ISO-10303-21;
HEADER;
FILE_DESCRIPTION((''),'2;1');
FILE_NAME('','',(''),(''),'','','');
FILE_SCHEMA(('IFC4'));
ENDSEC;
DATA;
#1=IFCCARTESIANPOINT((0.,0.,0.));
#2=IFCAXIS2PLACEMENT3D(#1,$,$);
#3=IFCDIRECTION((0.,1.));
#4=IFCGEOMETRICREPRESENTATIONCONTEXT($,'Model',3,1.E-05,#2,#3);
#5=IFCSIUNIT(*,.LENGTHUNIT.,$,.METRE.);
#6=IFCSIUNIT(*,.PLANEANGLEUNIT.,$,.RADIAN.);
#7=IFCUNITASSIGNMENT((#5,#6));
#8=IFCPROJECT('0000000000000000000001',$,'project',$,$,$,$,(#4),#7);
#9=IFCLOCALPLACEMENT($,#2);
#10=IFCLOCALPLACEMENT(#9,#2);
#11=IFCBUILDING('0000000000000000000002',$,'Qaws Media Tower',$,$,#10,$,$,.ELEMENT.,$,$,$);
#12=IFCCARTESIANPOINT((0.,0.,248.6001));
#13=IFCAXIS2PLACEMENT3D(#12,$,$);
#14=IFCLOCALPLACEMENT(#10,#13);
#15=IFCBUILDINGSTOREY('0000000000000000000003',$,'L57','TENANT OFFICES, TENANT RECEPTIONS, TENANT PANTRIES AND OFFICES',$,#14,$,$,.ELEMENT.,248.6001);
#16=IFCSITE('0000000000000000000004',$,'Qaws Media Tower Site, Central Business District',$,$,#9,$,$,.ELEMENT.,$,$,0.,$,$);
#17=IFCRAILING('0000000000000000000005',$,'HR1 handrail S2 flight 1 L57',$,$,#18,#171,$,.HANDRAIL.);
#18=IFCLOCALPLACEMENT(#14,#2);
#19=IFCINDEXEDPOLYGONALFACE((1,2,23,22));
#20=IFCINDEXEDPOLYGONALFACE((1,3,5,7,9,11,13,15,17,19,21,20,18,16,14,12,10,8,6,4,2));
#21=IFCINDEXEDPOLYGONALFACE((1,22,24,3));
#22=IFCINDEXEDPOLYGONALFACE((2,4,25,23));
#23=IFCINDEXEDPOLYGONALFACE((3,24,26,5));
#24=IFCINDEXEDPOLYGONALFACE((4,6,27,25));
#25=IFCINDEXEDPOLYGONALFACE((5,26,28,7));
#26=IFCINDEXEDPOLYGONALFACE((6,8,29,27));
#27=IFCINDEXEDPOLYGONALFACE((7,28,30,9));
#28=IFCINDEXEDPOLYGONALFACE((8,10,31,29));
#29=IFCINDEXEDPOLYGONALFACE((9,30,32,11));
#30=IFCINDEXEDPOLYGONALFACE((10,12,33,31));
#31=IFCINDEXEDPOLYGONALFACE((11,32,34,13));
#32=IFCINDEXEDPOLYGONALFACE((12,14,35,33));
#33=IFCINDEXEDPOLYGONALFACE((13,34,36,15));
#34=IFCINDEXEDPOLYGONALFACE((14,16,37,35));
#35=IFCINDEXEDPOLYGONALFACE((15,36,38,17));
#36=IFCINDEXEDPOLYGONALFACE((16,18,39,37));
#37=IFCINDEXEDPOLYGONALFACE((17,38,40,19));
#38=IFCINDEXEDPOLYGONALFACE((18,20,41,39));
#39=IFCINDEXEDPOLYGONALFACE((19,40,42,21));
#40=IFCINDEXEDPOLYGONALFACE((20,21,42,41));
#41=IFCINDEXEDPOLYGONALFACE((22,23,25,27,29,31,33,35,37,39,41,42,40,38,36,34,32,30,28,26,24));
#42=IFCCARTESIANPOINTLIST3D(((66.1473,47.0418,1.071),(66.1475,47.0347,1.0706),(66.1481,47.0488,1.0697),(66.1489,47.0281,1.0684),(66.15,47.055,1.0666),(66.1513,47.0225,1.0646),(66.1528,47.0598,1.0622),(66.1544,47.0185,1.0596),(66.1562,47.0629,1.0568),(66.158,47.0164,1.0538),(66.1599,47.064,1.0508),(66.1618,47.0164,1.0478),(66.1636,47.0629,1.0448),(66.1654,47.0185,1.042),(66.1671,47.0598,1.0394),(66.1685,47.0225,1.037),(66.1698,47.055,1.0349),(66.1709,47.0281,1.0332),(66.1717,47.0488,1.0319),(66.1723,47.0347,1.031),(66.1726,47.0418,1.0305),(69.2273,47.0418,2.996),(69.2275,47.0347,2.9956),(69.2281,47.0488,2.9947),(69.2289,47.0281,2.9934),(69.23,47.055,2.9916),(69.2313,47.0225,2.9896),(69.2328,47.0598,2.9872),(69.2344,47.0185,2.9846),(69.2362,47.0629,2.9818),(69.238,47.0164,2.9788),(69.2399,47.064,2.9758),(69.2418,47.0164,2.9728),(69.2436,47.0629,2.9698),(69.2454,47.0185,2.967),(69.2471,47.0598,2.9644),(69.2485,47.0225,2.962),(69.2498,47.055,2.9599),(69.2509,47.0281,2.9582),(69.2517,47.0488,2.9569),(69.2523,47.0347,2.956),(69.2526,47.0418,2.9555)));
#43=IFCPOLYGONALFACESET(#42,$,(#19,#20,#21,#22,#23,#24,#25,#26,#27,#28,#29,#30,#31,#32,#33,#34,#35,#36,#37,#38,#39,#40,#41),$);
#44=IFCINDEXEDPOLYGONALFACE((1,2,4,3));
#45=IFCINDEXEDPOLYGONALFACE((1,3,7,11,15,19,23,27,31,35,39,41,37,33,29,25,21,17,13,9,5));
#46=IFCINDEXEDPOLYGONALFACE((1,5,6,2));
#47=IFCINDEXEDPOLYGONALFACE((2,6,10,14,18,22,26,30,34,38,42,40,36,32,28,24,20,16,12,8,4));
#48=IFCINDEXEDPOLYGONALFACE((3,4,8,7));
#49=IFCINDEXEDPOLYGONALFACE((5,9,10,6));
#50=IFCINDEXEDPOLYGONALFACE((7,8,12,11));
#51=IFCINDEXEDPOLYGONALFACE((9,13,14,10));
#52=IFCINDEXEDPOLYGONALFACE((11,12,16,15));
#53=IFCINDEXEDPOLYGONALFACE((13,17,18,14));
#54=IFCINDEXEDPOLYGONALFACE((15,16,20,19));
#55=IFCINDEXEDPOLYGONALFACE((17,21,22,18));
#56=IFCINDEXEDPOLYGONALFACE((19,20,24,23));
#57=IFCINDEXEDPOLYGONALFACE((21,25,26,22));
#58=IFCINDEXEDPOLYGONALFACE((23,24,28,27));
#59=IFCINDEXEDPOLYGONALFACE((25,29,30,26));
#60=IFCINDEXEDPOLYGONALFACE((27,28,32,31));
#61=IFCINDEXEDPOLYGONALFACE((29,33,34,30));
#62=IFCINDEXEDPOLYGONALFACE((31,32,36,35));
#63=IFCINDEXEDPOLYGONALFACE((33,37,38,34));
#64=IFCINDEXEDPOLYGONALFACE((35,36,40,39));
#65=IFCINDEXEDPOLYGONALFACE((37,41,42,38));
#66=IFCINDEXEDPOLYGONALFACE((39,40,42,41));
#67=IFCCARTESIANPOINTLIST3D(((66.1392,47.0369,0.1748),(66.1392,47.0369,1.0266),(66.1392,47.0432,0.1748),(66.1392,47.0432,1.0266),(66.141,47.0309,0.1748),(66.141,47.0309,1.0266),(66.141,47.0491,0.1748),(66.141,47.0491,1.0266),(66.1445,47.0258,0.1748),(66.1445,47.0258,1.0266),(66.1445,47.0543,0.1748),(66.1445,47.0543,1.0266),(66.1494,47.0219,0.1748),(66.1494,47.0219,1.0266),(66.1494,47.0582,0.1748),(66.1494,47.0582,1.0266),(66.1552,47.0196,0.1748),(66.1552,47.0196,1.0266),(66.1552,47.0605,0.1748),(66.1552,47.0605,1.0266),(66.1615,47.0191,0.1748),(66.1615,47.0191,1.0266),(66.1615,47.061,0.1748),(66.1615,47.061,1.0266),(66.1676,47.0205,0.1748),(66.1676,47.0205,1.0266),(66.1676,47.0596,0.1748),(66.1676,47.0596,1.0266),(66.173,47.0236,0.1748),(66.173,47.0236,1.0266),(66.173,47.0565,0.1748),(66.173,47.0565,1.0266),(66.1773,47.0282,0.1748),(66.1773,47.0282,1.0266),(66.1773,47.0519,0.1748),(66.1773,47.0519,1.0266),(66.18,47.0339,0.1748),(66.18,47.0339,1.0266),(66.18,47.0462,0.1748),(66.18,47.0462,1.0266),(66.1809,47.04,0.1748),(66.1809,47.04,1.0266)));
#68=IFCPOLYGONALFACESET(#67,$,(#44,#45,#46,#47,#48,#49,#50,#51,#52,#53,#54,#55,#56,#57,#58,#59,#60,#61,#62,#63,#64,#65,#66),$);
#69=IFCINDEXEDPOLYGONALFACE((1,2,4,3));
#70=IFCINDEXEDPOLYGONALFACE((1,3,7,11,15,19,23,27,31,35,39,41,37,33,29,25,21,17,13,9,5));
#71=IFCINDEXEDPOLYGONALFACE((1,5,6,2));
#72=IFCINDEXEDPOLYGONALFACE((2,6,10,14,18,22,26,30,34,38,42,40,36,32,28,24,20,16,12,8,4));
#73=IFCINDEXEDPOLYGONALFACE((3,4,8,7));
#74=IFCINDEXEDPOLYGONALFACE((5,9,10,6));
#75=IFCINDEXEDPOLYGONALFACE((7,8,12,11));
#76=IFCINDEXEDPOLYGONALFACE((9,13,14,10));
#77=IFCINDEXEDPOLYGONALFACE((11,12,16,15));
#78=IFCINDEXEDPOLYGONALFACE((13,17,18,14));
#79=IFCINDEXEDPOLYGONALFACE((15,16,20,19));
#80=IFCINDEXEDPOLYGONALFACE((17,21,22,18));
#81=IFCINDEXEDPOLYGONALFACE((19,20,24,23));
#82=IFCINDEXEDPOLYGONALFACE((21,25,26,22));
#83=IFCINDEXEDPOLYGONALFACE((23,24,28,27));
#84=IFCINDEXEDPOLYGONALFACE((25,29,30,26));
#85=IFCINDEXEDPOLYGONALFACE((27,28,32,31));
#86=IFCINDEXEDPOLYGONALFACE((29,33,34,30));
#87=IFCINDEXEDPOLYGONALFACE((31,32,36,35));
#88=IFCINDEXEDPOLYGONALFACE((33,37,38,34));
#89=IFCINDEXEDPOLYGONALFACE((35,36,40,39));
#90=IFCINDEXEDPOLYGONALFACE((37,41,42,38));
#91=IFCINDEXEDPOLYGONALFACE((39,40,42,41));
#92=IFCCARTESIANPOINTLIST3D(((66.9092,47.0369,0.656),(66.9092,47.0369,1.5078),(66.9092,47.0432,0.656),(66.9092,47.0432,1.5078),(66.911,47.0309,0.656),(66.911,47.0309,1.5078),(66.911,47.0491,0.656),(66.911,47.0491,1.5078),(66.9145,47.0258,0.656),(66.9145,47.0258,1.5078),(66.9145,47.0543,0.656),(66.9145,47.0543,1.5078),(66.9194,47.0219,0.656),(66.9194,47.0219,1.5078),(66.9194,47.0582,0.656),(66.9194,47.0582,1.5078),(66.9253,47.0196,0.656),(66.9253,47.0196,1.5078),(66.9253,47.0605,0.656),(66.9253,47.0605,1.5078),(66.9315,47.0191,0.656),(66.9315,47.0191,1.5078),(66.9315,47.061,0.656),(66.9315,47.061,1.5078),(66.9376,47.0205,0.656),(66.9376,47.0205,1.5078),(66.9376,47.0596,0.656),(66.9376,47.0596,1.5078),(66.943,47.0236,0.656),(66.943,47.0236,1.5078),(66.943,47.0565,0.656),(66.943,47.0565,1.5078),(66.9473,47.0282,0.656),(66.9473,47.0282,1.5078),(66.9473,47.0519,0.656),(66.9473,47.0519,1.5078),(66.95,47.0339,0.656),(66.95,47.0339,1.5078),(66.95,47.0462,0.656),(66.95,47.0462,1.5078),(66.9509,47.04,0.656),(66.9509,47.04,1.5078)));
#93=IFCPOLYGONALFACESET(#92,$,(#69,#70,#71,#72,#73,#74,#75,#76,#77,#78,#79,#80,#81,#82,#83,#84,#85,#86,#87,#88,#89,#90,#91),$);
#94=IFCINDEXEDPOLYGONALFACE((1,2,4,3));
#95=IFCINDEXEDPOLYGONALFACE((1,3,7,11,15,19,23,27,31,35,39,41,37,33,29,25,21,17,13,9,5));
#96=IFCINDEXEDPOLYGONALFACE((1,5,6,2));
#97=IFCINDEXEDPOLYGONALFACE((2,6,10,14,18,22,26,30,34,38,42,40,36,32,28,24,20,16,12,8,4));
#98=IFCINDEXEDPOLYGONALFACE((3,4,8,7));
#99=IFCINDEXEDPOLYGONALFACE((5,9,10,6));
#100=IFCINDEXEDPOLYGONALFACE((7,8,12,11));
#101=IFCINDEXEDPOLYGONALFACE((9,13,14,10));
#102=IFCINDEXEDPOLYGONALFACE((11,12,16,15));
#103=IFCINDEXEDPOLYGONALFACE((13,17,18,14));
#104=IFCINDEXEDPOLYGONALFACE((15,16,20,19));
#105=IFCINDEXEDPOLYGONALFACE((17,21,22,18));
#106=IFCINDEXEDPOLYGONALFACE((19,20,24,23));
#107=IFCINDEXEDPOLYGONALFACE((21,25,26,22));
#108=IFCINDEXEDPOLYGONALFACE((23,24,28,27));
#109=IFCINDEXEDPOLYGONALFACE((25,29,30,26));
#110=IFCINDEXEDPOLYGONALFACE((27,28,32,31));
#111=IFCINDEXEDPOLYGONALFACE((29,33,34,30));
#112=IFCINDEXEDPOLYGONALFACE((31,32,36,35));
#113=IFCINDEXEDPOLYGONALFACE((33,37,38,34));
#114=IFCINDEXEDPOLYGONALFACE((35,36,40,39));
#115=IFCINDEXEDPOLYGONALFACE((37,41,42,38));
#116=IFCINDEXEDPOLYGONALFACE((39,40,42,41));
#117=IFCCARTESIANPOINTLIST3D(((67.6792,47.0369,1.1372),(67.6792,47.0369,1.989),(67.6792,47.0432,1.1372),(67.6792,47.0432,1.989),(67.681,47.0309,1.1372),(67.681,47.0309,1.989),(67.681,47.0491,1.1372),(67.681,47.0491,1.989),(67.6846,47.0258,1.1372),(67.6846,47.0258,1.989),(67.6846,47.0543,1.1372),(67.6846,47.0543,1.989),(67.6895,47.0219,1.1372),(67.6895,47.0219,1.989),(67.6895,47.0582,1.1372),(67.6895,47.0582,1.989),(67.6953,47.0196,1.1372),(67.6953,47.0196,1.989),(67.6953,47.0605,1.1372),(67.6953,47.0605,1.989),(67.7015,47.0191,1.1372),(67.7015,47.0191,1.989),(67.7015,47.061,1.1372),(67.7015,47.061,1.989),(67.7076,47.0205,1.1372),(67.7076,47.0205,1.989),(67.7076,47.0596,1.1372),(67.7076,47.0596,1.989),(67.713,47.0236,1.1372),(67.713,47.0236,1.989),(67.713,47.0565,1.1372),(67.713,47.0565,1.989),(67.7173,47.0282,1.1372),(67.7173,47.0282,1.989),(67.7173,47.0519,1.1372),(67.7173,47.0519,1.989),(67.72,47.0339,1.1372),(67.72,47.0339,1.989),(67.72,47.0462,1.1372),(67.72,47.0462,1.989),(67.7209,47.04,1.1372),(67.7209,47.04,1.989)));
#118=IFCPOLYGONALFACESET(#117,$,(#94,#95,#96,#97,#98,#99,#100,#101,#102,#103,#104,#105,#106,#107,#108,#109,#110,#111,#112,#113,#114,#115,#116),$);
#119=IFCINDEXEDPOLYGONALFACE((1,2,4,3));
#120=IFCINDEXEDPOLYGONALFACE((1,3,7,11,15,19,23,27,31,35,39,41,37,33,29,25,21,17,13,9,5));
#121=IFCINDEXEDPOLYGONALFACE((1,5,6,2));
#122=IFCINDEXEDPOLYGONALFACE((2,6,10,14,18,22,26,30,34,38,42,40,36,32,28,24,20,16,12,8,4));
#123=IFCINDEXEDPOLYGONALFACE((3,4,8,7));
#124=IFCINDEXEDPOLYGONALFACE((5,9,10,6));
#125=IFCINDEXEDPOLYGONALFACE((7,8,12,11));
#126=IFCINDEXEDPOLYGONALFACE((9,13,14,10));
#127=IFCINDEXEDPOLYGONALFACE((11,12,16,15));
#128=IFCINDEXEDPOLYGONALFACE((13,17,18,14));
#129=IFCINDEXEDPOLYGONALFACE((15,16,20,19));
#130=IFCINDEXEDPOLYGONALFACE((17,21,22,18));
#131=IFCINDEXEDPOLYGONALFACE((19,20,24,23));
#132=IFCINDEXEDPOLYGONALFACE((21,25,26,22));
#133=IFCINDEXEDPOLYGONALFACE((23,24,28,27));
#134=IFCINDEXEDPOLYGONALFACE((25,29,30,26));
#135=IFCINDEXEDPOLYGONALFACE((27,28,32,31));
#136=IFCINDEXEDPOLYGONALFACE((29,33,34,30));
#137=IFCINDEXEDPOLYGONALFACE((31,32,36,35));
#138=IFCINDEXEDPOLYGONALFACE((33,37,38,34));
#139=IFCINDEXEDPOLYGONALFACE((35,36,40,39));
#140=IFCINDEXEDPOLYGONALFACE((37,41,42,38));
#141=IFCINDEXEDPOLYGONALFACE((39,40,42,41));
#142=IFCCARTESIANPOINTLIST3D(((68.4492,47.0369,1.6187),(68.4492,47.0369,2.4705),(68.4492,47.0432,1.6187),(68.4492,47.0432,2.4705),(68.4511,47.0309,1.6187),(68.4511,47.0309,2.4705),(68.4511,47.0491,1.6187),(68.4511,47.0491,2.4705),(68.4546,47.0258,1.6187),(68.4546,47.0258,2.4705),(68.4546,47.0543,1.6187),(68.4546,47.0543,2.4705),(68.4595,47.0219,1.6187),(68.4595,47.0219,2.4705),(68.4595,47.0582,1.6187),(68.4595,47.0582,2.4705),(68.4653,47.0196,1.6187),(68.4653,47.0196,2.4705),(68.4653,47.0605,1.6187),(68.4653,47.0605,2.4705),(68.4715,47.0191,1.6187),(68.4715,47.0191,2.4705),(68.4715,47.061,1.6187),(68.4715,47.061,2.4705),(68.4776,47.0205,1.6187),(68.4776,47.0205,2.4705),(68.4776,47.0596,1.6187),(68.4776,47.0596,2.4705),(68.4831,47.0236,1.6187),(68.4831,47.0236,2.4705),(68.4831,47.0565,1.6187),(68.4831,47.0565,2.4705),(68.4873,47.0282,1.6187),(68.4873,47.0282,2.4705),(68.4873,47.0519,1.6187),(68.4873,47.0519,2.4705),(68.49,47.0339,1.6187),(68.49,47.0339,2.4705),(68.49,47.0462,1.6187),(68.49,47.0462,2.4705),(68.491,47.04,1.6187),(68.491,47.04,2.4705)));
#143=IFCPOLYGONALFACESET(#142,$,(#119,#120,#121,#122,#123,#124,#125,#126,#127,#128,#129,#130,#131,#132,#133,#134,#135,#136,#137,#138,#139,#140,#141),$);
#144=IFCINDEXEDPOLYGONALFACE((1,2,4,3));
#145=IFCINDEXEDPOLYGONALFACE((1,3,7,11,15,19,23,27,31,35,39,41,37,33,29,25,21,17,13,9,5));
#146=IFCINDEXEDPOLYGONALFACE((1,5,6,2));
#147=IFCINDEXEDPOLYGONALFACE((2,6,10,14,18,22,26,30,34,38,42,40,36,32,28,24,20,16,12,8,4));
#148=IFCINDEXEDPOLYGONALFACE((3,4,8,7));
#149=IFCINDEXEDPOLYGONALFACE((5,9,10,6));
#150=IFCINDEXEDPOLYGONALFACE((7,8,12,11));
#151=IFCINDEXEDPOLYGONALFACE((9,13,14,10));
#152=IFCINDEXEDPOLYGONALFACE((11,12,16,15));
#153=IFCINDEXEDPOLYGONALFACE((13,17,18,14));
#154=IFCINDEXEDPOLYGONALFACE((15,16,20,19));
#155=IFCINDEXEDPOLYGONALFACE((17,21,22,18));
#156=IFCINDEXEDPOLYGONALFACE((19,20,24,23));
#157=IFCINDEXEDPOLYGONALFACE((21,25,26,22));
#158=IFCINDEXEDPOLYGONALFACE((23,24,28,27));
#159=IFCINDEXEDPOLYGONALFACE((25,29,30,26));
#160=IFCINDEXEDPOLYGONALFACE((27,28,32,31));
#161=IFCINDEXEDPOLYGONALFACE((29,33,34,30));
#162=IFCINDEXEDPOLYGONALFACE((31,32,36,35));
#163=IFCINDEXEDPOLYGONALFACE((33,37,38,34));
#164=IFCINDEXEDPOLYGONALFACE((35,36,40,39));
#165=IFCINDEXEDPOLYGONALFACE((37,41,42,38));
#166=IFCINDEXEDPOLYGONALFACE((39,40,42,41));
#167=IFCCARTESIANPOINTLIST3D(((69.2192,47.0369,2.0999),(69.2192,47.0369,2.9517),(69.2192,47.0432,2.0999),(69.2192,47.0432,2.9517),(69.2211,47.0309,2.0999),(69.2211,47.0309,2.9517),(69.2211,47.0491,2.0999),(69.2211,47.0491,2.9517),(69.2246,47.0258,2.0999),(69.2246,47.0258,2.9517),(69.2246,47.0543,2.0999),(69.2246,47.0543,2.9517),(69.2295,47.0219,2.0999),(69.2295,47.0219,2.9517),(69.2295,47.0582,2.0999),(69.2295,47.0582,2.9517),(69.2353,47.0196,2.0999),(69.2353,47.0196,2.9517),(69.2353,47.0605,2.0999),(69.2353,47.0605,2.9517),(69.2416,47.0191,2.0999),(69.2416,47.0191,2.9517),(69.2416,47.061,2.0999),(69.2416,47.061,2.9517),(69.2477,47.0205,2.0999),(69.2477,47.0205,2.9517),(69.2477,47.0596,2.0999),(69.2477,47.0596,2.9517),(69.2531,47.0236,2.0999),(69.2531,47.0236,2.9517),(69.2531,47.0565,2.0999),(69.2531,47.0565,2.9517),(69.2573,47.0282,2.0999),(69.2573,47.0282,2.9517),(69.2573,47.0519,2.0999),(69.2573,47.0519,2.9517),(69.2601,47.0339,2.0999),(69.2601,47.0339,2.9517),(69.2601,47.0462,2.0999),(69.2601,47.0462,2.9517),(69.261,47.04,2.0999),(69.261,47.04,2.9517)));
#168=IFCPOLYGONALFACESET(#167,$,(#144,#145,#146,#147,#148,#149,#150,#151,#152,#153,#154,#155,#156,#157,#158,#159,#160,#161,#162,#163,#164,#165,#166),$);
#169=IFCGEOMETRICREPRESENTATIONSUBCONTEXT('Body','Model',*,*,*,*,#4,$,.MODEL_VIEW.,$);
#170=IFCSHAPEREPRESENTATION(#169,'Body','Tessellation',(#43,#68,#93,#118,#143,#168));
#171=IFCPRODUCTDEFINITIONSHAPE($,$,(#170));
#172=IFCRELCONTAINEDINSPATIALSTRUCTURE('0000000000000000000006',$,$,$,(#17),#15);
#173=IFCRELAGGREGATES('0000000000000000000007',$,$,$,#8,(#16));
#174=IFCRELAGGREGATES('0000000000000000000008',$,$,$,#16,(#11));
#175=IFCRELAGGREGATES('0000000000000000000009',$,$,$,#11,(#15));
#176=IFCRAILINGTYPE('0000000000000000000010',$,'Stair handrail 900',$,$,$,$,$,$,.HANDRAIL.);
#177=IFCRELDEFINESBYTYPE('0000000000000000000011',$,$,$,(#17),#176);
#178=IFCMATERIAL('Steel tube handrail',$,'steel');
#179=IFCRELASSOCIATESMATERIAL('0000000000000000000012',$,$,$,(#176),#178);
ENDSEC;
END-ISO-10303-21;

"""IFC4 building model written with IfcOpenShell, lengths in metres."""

from ifc_helpers import new_model, si_unit, direction, frame, origin, origin_2d, place, context, subcontext, project, spatial, circle, extrude, material, type_object, element, save


model = new_model("IFC4")

# Units and contexts
model_context = context("Model", 3, precision=1e-05, world=origin(), true_north=direction((0.0, 1.0)))
body_context = subcontext(model_context, "Body", "Model", "MODEL_VIEW")
ifc_project = project(units=[si_unit("LENGTHUNIT", "METRE"), si_unit("PLANEANGLEUNIT", "RADIAN")], contexts=[model_context])

# Site, building, storey
site_placement = place(None, origin())
site = spatial("IfcSite", under=ifc_project, at=site_placement, Name="Qaws Media Tower Site, Central Business District", CompositionType="ELEMENT", RefElevation=0.0)
building_placement = place(site_placement, origin())
building = spatial("IfcBuilding", under=site, at=building_placement, Name="Qaws Media Tower", CompositionType="ELEMENT")
storey_placement = place(building_placement, frame((0.0, 0.0, 248.6001)))
storey = spatial("IfcBuildingStorey", under=building, at=storey_placement, Name="L57", Description="TENANT OFFICES, TENANT RECEPTIONS, TENANT PANTRIES AND OFFICES", CompositionType="ELEMENT", Elevation=248.6001)

# Railing
ifc_material_1 = material(Name="Steel tube handrail", Category="steel")
railing_type = type_object("IfcRailingType", Name="Stair handrail 900", PredefinedType="HANDRAIL", material=ifc_material_1)
for number, where, name in (
    (1, (66.1599, 47.04, 0.1748), "HR1 handrail S2 flight 1 L57"),
):
    element("IfcRailing", number, at=place(storey_placement, frame(where)), inside=storey, type_object=railing_type, Name=name, PredefinedType="HANDRAIL", context=body_context, shape_type="SweptSolid", body=[
        extrude(circle(Radius=0.0239, at=origin_2d()), frame((0.0, 0.0, 0.876), z_axis=(0.847998, 0.0, 0.529999), x_axis=(0.0, 1.0, 0.0)), (0.0, 0.0, 1.0), 3.6321),
        extrude(circle(Radius=0.021, at=origin_2d()), origin(), (0.0, 0.0, 1.0), 0.8518),
        extrude(circle(Radius=0.021, at=origin_2d()), frame((0.77, 0.0, 0.4812)), (0.0, 0.0, 1.0), 0.8518),
        extrude(circle(Radius=0.021, at=origin_2d()), frame((1.54, 0.0, 0.9624)), (0.0, 0.0, 1.0), 0.8518),
        extrude(circle(Radius=0.021, at=origin_2d()), frame((2.3101, 0.0, 1.4438)), (0.0, 0.0, 1.0), 0.8518),
        extrude(circle(Radius=0.021, at=origin_2d()), frame((3.0801, 0.0, 1.925)), (0.0, 0.0, 1.0), 0.8518),
    ])

save(model, "model.ifc")
